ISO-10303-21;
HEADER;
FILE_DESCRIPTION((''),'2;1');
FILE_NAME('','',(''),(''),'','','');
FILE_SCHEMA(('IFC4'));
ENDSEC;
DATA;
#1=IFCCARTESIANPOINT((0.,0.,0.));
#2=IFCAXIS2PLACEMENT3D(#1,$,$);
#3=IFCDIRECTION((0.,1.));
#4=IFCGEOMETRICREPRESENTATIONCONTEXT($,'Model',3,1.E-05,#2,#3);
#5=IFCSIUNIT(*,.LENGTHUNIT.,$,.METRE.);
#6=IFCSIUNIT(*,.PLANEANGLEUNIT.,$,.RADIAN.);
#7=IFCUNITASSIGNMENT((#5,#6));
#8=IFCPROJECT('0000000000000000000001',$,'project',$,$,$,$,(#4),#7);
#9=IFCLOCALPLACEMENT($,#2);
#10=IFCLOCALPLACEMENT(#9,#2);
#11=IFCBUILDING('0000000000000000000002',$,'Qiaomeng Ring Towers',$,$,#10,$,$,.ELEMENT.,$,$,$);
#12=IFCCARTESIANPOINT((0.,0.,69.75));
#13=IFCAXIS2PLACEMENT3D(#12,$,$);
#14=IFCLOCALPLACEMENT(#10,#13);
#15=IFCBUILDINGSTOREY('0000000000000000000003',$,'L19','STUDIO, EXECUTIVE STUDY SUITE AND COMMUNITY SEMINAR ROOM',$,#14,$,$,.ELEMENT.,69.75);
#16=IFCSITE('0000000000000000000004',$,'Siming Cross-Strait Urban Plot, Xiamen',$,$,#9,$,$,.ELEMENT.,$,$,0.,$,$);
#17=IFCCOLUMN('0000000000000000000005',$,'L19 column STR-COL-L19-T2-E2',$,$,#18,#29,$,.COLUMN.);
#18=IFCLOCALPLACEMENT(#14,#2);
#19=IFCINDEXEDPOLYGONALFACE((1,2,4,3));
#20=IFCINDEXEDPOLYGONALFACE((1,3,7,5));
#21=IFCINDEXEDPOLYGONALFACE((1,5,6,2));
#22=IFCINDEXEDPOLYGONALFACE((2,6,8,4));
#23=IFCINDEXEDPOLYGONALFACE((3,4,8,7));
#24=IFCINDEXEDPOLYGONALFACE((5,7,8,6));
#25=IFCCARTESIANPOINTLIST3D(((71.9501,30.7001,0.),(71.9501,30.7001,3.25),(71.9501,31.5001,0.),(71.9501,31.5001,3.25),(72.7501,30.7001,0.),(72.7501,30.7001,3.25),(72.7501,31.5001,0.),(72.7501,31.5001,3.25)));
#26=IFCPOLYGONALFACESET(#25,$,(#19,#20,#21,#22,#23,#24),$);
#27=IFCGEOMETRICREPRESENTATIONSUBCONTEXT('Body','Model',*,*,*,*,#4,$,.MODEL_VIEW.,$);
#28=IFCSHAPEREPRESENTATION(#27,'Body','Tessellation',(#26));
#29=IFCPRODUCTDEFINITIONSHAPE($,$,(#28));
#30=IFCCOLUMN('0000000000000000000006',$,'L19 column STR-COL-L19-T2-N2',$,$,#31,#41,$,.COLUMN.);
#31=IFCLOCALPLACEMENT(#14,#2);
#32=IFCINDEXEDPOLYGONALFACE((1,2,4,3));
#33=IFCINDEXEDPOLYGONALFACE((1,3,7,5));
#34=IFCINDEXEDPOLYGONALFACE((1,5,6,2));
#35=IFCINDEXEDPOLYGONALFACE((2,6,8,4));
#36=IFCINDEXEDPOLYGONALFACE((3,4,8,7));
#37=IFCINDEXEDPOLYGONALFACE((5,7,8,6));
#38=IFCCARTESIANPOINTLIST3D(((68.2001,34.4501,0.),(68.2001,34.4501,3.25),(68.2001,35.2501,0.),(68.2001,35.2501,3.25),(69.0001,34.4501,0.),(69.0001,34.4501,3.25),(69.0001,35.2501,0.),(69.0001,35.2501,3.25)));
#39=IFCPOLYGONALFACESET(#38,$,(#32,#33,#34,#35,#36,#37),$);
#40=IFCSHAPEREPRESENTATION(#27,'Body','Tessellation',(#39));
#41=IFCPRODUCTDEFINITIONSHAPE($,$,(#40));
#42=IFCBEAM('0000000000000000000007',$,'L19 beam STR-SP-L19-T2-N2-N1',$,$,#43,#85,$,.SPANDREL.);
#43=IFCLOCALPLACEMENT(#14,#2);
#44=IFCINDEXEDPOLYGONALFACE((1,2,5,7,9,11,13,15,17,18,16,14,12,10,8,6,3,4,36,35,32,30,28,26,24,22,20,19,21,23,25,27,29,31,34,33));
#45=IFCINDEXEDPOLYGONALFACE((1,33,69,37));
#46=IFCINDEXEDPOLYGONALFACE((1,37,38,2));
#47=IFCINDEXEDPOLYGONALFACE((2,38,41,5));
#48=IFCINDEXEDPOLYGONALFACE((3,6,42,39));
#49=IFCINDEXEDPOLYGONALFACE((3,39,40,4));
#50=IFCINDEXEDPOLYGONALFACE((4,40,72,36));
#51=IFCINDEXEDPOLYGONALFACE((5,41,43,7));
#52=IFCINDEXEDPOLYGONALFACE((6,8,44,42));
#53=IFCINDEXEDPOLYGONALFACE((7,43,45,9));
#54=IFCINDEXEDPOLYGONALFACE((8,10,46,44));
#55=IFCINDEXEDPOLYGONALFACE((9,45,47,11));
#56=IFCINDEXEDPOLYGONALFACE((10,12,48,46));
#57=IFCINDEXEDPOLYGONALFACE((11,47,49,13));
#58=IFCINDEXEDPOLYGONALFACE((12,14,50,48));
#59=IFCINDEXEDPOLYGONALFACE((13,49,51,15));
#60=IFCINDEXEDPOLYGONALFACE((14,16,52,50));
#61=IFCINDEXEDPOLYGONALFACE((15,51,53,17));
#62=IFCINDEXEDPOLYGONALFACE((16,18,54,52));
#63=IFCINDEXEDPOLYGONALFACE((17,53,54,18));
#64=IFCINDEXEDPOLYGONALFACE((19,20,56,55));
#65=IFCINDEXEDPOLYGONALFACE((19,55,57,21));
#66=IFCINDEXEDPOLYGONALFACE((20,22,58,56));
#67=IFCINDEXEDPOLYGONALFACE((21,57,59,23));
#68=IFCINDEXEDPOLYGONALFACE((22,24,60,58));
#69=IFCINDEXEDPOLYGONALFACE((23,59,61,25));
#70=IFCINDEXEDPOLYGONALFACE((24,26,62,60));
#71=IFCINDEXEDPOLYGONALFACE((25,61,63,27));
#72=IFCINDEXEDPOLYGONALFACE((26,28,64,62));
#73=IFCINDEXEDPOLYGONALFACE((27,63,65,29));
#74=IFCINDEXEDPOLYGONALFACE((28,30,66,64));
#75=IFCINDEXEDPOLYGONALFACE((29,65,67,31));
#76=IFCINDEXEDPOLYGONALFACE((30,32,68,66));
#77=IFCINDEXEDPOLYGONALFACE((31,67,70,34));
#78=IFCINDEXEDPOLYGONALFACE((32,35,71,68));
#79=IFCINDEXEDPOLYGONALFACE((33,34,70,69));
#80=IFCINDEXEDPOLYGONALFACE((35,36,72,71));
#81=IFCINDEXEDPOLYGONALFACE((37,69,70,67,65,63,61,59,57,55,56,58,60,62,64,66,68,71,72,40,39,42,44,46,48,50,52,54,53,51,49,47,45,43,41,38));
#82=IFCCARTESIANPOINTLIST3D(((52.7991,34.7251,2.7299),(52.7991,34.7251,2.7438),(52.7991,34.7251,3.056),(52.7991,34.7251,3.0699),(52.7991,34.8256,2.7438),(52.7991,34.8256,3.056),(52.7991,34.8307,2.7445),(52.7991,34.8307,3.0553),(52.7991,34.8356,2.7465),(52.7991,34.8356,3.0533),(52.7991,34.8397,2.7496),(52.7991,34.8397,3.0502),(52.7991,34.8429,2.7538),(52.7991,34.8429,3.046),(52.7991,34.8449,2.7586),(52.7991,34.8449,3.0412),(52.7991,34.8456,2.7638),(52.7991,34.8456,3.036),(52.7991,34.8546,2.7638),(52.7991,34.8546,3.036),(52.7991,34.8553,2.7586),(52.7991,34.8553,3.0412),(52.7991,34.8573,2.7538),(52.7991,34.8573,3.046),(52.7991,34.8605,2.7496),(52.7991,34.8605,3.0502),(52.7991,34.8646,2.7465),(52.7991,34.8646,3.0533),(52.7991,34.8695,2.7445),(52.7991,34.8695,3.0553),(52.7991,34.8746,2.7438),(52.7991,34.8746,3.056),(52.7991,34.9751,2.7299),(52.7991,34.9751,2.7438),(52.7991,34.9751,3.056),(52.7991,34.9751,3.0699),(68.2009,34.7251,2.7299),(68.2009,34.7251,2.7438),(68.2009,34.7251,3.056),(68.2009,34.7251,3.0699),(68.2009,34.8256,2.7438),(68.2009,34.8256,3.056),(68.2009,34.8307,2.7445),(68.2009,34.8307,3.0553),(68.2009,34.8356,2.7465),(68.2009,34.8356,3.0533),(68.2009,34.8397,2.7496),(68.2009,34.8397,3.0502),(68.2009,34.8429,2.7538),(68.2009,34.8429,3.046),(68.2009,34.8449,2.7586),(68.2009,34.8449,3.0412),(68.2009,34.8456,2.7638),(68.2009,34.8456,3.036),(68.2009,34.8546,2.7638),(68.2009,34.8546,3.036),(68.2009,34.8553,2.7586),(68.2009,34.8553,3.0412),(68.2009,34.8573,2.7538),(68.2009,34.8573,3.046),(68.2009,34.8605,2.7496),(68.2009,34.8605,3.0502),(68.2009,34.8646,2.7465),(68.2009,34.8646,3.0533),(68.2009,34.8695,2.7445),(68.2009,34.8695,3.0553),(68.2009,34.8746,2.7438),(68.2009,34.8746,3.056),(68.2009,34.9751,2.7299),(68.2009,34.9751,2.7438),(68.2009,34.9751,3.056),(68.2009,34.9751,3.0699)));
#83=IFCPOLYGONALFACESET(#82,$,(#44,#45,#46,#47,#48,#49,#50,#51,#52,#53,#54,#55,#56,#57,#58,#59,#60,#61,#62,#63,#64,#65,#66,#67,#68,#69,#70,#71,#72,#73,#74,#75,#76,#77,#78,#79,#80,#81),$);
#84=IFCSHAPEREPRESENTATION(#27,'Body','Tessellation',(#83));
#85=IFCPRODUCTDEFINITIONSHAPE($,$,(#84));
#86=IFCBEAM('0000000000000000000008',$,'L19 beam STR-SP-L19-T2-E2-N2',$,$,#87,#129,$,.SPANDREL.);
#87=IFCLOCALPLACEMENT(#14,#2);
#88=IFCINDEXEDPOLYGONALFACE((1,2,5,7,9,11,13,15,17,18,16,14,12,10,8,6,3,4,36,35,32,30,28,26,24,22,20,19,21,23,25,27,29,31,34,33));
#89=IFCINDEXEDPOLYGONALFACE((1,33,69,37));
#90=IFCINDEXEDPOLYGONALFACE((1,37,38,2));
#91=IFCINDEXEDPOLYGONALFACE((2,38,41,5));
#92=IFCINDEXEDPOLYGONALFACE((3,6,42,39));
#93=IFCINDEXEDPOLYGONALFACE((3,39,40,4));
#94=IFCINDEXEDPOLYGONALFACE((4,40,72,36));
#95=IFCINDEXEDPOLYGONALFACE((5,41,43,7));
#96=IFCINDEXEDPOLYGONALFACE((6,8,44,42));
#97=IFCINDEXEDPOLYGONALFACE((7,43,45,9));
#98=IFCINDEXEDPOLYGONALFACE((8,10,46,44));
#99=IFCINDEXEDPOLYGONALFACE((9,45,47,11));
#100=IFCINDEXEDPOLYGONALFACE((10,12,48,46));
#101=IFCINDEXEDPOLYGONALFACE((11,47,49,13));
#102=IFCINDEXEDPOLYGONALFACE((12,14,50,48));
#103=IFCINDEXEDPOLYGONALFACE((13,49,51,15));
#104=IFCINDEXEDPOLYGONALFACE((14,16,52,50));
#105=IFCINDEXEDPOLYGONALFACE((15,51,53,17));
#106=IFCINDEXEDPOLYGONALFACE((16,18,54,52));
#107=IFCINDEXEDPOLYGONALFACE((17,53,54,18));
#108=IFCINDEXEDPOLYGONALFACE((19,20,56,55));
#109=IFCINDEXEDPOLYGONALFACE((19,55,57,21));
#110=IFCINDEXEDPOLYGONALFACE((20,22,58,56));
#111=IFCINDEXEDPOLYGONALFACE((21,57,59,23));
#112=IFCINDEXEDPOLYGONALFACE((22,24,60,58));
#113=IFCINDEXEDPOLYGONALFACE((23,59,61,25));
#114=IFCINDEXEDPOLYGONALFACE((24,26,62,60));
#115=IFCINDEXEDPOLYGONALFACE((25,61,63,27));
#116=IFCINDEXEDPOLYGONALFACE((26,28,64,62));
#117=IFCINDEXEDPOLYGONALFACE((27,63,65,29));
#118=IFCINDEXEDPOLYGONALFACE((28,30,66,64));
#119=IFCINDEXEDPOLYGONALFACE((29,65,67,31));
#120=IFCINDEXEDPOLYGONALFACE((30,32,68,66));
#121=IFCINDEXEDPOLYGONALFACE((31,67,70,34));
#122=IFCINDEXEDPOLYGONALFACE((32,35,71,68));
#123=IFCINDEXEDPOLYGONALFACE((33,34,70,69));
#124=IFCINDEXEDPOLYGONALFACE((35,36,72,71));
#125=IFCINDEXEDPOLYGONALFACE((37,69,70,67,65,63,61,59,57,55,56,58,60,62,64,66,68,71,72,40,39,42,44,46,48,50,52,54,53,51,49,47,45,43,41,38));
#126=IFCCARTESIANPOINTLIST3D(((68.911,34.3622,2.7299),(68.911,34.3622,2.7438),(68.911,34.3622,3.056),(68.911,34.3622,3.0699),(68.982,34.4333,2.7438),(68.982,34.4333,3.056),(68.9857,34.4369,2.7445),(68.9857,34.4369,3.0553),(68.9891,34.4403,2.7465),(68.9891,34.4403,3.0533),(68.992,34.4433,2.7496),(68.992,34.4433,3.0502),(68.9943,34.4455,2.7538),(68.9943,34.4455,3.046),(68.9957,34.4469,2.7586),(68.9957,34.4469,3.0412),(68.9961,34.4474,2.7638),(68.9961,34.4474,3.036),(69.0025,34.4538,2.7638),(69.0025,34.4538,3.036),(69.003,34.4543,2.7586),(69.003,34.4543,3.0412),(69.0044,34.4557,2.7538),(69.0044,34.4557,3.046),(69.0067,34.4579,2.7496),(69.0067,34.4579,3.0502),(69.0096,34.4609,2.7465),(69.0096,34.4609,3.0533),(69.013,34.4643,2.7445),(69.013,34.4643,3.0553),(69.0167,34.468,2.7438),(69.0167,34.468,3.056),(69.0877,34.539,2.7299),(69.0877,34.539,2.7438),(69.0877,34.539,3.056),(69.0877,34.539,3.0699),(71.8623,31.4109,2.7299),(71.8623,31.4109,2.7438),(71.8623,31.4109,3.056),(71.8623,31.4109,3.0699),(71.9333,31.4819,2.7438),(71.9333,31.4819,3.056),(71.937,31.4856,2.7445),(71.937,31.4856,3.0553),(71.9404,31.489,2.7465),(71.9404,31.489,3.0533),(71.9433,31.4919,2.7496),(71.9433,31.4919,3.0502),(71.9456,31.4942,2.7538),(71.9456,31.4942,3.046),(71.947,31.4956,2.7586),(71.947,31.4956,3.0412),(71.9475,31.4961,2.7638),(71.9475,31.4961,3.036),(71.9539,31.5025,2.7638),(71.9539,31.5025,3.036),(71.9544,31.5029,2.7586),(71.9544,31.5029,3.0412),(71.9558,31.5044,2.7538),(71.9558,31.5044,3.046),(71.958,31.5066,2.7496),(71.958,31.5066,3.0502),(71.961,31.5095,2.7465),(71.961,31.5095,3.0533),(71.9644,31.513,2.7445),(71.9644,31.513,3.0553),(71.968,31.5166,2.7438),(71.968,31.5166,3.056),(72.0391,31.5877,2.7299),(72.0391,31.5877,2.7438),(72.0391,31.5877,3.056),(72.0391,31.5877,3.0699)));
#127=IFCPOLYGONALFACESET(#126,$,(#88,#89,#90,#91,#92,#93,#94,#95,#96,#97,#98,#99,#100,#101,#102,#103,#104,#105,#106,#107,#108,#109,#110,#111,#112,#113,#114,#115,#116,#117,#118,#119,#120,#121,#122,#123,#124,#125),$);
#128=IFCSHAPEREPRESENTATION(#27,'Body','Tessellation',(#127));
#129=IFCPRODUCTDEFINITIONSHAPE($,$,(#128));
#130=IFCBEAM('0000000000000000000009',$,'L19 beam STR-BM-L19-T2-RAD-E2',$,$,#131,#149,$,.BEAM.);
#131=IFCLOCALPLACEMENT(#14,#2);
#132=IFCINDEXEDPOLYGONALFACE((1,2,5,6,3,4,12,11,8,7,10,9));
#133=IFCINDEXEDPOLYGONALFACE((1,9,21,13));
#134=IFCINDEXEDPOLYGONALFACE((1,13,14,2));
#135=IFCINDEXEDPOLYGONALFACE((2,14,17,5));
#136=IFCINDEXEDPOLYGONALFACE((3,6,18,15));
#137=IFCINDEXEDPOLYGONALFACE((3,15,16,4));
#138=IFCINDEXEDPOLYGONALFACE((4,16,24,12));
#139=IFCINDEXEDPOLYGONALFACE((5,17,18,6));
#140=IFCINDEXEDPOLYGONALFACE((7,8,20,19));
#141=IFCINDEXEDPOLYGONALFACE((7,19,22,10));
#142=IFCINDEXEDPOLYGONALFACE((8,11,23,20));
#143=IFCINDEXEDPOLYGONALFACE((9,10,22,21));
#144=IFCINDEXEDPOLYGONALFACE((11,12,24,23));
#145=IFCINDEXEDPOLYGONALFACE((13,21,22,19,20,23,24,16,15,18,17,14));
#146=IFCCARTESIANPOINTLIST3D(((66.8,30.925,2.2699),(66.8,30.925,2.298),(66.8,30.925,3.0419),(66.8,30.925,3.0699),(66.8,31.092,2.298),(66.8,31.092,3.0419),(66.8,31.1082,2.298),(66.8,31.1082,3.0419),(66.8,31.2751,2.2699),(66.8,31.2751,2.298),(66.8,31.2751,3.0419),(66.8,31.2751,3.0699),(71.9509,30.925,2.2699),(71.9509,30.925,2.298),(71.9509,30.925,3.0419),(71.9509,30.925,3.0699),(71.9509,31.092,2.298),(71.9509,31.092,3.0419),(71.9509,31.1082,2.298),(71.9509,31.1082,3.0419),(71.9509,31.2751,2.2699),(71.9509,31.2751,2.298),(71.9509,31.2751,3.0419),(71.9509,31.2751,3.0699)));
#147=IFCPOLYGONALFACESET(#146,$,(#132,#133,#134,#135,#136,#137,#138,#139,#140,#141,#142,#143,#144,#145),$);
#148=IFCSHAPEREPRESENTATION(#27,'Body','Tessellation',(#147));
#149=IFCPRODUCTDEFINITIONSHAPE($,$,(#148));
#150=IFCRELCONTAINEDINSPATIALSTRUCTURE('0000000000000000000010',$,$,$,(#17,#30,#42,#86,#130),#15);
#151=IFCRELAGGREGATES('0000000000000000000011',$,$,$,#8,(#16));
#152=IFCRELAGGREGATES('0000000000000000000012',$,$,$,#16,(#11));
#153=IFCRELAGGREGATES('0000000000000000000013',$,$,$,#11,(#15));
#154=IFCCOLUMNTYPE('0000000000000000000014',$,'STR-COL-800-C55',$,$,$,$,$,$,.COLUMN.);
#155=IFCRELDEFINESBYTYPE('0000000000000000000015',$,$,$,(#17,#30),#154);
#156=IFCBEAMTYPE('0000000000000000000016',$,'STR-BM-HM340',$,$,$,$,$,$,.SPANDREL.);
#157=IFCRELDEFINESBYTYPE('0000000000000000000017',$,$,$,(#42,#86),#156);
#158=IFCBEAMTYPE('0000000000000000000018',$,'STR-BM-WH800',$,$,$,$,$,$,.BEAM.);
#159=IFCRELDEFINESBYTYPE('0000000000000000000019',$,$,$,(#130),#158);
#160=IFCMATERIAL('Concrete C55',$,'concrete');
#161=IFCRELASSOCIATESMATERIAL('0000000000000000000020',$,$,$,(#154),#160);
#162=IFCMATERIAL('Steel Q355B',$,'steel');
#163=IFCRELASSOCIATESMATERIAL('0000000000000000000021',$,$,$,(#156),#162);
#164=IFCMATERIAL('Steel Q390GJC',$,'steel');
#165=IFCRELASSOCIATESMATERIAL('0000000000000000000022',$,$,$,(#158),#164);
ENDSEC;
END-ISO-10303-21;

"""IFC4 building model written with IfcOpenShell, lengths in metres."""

from ifc_helpers import new_model, si_unit, direction, frame, origin, origin_2d, place, context, subcontext, project, spatial, rectangle, i_section, extrude, source, transform, mapped, material, material_profile, profile_set, type_object, element, save


model = new_model("IFC4")

# Units and contexts
model_context = context("Model", 3, precision=1e-05, world=origin(), true_north=direction((0.0, 1.0)))
body_context = subcontext(model_context, "Body", "Model", "MODEL_VIEW")
ifc_project = project(units=[si_unit("LENGTHUNIT", "METRE"), si_unit("PLANEANGLEUNIT", "RADIAN")], contexts=[model_context])

# Site, building, storey
site_placement = place(None, origin())
site = spatial("IfcSite", under=ifc_project, at=site_placement, Name="Siming Cross-Strait Urban Plot, Xiamen", CompositionType="ELEMENT", RefElevation=0.0)
building_placement = place(site_placement, origin())
building = spatial("IfcBuilding", under=site, at=building_placement, Name="Qiaomeng Ring Towers", CompositionType="ELEMENT")
storey_placement = place(building_placement, frame((0.0, 0.0, 69.75)))
storey = spatial("IfcBuildingStorey", under=building, at=storey_placement, Name="L19", Description="STUDIO, EXECUTIVE STUDY SUITE AND COMMUNITY SEMINAR ROOM", CompositionType="ELEMENT", Elevation=69.75)

# Columns
ifc_material_1 = material(Name="Concrete C55", Category="concrete")
ifc_material_profile_1 = material_profile(ifc_material_1, rectangle(XDim=0.8, YDim=0.8, at=origin_2d()), Name="RC COL 800x800")
ifc_profile_set_1 = profile_set([ifc_material_profile_1], Name="Concrete C55")
column_type = type_object("IfcColumnType", Name="STR-COL-800-C55", PredefinedType="COLUMN", material=ifc_profile_set_1)
shared_shape_1 = source(origin(), body_context, "Body", "SweptSolid", [
    extrude(rectangle(XDim=0.8, YDim=0.8, at=origin_2d()), origin(), (0.0, 0.0, 1.0), 3.25),
])
for number, where, z_axis, x_axis, name in (
    (1, (72.3501, 31.1001, 0.0), (0.0, 0.0, 1.0), (1.0, 0.0, 0.0), "L19 column STR-COL-L19-T2-E2"),
    (2, (68.6001, 34.8501, 0.0), (0.0, 0.0, 1.0), (1.0, 0.0, 0.0), "L19 column STR-COL-L19-T2-N2"),
):
    element("IfcColumn", number, at=place(storey_placement, frame(where, z_axis=z_axis, x_axis=x_axis)), inside=storey, type_object=column_type, Name=name, PredefinedType="COLUMN", context=body_context, shape_type="MappedRepresentation", body=[
        mapped(shared_shape_1, transform((0.0, 0.0, 0.0), x_axis=(1.0, 0.0, 0.0), y_axis=(0.0, 1.0, 0.0), z_axis=(0.0, 0.0, 1.0), scale=1.0)),
    ])

# Beams
ifc_material_2 = material(Name="Steel Q355B", Category="steel")
ifc_material_profile_2 = material_profile(ifc_material_2, i_section(OverallWidth=0.25, OverallDepth=0.3401, WebThickness=0.009, FlangeThickness=0.0139, FilletRadius=0.02, at=origin_2d()), Name="HM 340x250x9x14")
ifc_profile_set_2 = profile_set([ifc_material_profile_2], Name="Steel Q355B")
beam_type_1 = type_object("IfcBeamType", Name="STR-BM-HM340", PredefinedType="SPANDREL", material=ifc_profile_set_2)
shared_shape_2 = source(origin(), body_context, "Body", "SweptSolid", [
    extrude(i_section(OverallWidth=0.25, OverallDepth=0.3401, WebThickness=0.009, FlangeThickness=0.0139, FilletRadius=0.02, at=origin_2d()), origin(), (0.0, 0.0, 1.0), 15.4019),
])
beam_1_placement = place(storey_placement, frame((68.2009, 34.8501, 2.8999), z_axis=(-1.0, 0.0, 0.0), x_axis=(0.0, -1.0, 0.0)))
element("IfcBeam", 3, at=beam_1_placement, inside=storey, type_object=beam_type_1, Name="L19 beam STR-SP-L19-T2-N2-N1", PredefinedType="SPANDREL", context=body_context, shape_type="MappedRepresentation", body=[
    mapped(shared_shape_2, transform((0.0, 0.0, 0.0), x_axis=(1.0, 0.0, 0.0), y_axis=(0.0, 1.0, 0.0), z_axis=(0.0, 0.0, 1.0), scale=1.0)),
])
shared_shape_3 = source(origin(), body_context, "Body", "SweptSolid", [
    extrude(i_section(OverallWidth=0.25, OverallDepth=0.3401, WebThickness=0.009, FlangeThickness=0.0139, FilletRadius=0.02, at=origin_2d()), origin(), (0.0, 0.0, 1.0), 4.1738),
])
beam_2_placement = place(storey_placement, frame((71.9507, 31.4993, 2.8999), z_axis=(-0.707107, 0.707107, 0.0), x_axis=(-0.707107, -0.707107, 0.0)))
element("IfcBeam", 4, at=beam_2_placement, inside=storey, type_object=beam_type_1, Name="L19 beam STR-SP-L19-T2-E2-N2", PredefinedType="SPANDREL", context=body_context, shape_type="MappedRepresentation", body=[
    mapped(shared_shape_3, transform((0.0, 0.0, 0.0), x_axis=(1.0, 0.0, 0.0), y_axis=(0.0, 1.0, 0.0), z_axis=(0.0, 0.0, 1.0), scale=1.0)),
])
ifc_material_3 = material(Name="Steel Q390GJC", Category="steel")
ifc_material_profile_3 = material_profile(ifc_material_3, i_section(OverallWidth=0.3501, OverallDepth=0.8, WebThickness=0.0161, FlangeThickness=0.0281, at=origin_2d()), Name="WH 800x350x16x28")
ifc_profile_set_3 = profile_set([ifc_material_profile_3], Name="Steel Q390GJC")
beam_type_2 = type_object("IfcBeamType", Name="STR-BM-WH800", PredefinedType="BEAM", material=ifc_profile_set_3)
shared_shape_4 = source(origin(), body_context, "Body", "SweptSolid", [
    extrude(i_section(OverallWidth=0.3501, OverallDepth=0.8, WebThickness=0.0161, FlangeThickness=0.0281, at=origin_2d()), origin(), (0.0, 0.0, 1.0), 5.1509),
])
beam_3_placement = place(storey_placement, frame((66.8, 31.1001, 2.6699), z_axis=(1.0, 0.0, 0.0), x_axis=(0.0, 1.0, 0.0)))
element("IfcBeam", 5, at=beam_3_placement, inside=storey, type_object=beam_type_2, Name="L19 beam STR-BM-L19-T2-RAD-E2", PredefinedType="BEAM", context=body_context, shape_type="MappedRepresentation", body=[
    mapped(shared_shape_4, transform((0.0, 0.0, 0.0), x_axis=(1.0, 0.0, 0.0), y_axis=(0.0, 1.0, 0.0), z_axis=(0.0, 0.0, 1.0), scale=1.0)),
])

save(model, "model.ifc")
